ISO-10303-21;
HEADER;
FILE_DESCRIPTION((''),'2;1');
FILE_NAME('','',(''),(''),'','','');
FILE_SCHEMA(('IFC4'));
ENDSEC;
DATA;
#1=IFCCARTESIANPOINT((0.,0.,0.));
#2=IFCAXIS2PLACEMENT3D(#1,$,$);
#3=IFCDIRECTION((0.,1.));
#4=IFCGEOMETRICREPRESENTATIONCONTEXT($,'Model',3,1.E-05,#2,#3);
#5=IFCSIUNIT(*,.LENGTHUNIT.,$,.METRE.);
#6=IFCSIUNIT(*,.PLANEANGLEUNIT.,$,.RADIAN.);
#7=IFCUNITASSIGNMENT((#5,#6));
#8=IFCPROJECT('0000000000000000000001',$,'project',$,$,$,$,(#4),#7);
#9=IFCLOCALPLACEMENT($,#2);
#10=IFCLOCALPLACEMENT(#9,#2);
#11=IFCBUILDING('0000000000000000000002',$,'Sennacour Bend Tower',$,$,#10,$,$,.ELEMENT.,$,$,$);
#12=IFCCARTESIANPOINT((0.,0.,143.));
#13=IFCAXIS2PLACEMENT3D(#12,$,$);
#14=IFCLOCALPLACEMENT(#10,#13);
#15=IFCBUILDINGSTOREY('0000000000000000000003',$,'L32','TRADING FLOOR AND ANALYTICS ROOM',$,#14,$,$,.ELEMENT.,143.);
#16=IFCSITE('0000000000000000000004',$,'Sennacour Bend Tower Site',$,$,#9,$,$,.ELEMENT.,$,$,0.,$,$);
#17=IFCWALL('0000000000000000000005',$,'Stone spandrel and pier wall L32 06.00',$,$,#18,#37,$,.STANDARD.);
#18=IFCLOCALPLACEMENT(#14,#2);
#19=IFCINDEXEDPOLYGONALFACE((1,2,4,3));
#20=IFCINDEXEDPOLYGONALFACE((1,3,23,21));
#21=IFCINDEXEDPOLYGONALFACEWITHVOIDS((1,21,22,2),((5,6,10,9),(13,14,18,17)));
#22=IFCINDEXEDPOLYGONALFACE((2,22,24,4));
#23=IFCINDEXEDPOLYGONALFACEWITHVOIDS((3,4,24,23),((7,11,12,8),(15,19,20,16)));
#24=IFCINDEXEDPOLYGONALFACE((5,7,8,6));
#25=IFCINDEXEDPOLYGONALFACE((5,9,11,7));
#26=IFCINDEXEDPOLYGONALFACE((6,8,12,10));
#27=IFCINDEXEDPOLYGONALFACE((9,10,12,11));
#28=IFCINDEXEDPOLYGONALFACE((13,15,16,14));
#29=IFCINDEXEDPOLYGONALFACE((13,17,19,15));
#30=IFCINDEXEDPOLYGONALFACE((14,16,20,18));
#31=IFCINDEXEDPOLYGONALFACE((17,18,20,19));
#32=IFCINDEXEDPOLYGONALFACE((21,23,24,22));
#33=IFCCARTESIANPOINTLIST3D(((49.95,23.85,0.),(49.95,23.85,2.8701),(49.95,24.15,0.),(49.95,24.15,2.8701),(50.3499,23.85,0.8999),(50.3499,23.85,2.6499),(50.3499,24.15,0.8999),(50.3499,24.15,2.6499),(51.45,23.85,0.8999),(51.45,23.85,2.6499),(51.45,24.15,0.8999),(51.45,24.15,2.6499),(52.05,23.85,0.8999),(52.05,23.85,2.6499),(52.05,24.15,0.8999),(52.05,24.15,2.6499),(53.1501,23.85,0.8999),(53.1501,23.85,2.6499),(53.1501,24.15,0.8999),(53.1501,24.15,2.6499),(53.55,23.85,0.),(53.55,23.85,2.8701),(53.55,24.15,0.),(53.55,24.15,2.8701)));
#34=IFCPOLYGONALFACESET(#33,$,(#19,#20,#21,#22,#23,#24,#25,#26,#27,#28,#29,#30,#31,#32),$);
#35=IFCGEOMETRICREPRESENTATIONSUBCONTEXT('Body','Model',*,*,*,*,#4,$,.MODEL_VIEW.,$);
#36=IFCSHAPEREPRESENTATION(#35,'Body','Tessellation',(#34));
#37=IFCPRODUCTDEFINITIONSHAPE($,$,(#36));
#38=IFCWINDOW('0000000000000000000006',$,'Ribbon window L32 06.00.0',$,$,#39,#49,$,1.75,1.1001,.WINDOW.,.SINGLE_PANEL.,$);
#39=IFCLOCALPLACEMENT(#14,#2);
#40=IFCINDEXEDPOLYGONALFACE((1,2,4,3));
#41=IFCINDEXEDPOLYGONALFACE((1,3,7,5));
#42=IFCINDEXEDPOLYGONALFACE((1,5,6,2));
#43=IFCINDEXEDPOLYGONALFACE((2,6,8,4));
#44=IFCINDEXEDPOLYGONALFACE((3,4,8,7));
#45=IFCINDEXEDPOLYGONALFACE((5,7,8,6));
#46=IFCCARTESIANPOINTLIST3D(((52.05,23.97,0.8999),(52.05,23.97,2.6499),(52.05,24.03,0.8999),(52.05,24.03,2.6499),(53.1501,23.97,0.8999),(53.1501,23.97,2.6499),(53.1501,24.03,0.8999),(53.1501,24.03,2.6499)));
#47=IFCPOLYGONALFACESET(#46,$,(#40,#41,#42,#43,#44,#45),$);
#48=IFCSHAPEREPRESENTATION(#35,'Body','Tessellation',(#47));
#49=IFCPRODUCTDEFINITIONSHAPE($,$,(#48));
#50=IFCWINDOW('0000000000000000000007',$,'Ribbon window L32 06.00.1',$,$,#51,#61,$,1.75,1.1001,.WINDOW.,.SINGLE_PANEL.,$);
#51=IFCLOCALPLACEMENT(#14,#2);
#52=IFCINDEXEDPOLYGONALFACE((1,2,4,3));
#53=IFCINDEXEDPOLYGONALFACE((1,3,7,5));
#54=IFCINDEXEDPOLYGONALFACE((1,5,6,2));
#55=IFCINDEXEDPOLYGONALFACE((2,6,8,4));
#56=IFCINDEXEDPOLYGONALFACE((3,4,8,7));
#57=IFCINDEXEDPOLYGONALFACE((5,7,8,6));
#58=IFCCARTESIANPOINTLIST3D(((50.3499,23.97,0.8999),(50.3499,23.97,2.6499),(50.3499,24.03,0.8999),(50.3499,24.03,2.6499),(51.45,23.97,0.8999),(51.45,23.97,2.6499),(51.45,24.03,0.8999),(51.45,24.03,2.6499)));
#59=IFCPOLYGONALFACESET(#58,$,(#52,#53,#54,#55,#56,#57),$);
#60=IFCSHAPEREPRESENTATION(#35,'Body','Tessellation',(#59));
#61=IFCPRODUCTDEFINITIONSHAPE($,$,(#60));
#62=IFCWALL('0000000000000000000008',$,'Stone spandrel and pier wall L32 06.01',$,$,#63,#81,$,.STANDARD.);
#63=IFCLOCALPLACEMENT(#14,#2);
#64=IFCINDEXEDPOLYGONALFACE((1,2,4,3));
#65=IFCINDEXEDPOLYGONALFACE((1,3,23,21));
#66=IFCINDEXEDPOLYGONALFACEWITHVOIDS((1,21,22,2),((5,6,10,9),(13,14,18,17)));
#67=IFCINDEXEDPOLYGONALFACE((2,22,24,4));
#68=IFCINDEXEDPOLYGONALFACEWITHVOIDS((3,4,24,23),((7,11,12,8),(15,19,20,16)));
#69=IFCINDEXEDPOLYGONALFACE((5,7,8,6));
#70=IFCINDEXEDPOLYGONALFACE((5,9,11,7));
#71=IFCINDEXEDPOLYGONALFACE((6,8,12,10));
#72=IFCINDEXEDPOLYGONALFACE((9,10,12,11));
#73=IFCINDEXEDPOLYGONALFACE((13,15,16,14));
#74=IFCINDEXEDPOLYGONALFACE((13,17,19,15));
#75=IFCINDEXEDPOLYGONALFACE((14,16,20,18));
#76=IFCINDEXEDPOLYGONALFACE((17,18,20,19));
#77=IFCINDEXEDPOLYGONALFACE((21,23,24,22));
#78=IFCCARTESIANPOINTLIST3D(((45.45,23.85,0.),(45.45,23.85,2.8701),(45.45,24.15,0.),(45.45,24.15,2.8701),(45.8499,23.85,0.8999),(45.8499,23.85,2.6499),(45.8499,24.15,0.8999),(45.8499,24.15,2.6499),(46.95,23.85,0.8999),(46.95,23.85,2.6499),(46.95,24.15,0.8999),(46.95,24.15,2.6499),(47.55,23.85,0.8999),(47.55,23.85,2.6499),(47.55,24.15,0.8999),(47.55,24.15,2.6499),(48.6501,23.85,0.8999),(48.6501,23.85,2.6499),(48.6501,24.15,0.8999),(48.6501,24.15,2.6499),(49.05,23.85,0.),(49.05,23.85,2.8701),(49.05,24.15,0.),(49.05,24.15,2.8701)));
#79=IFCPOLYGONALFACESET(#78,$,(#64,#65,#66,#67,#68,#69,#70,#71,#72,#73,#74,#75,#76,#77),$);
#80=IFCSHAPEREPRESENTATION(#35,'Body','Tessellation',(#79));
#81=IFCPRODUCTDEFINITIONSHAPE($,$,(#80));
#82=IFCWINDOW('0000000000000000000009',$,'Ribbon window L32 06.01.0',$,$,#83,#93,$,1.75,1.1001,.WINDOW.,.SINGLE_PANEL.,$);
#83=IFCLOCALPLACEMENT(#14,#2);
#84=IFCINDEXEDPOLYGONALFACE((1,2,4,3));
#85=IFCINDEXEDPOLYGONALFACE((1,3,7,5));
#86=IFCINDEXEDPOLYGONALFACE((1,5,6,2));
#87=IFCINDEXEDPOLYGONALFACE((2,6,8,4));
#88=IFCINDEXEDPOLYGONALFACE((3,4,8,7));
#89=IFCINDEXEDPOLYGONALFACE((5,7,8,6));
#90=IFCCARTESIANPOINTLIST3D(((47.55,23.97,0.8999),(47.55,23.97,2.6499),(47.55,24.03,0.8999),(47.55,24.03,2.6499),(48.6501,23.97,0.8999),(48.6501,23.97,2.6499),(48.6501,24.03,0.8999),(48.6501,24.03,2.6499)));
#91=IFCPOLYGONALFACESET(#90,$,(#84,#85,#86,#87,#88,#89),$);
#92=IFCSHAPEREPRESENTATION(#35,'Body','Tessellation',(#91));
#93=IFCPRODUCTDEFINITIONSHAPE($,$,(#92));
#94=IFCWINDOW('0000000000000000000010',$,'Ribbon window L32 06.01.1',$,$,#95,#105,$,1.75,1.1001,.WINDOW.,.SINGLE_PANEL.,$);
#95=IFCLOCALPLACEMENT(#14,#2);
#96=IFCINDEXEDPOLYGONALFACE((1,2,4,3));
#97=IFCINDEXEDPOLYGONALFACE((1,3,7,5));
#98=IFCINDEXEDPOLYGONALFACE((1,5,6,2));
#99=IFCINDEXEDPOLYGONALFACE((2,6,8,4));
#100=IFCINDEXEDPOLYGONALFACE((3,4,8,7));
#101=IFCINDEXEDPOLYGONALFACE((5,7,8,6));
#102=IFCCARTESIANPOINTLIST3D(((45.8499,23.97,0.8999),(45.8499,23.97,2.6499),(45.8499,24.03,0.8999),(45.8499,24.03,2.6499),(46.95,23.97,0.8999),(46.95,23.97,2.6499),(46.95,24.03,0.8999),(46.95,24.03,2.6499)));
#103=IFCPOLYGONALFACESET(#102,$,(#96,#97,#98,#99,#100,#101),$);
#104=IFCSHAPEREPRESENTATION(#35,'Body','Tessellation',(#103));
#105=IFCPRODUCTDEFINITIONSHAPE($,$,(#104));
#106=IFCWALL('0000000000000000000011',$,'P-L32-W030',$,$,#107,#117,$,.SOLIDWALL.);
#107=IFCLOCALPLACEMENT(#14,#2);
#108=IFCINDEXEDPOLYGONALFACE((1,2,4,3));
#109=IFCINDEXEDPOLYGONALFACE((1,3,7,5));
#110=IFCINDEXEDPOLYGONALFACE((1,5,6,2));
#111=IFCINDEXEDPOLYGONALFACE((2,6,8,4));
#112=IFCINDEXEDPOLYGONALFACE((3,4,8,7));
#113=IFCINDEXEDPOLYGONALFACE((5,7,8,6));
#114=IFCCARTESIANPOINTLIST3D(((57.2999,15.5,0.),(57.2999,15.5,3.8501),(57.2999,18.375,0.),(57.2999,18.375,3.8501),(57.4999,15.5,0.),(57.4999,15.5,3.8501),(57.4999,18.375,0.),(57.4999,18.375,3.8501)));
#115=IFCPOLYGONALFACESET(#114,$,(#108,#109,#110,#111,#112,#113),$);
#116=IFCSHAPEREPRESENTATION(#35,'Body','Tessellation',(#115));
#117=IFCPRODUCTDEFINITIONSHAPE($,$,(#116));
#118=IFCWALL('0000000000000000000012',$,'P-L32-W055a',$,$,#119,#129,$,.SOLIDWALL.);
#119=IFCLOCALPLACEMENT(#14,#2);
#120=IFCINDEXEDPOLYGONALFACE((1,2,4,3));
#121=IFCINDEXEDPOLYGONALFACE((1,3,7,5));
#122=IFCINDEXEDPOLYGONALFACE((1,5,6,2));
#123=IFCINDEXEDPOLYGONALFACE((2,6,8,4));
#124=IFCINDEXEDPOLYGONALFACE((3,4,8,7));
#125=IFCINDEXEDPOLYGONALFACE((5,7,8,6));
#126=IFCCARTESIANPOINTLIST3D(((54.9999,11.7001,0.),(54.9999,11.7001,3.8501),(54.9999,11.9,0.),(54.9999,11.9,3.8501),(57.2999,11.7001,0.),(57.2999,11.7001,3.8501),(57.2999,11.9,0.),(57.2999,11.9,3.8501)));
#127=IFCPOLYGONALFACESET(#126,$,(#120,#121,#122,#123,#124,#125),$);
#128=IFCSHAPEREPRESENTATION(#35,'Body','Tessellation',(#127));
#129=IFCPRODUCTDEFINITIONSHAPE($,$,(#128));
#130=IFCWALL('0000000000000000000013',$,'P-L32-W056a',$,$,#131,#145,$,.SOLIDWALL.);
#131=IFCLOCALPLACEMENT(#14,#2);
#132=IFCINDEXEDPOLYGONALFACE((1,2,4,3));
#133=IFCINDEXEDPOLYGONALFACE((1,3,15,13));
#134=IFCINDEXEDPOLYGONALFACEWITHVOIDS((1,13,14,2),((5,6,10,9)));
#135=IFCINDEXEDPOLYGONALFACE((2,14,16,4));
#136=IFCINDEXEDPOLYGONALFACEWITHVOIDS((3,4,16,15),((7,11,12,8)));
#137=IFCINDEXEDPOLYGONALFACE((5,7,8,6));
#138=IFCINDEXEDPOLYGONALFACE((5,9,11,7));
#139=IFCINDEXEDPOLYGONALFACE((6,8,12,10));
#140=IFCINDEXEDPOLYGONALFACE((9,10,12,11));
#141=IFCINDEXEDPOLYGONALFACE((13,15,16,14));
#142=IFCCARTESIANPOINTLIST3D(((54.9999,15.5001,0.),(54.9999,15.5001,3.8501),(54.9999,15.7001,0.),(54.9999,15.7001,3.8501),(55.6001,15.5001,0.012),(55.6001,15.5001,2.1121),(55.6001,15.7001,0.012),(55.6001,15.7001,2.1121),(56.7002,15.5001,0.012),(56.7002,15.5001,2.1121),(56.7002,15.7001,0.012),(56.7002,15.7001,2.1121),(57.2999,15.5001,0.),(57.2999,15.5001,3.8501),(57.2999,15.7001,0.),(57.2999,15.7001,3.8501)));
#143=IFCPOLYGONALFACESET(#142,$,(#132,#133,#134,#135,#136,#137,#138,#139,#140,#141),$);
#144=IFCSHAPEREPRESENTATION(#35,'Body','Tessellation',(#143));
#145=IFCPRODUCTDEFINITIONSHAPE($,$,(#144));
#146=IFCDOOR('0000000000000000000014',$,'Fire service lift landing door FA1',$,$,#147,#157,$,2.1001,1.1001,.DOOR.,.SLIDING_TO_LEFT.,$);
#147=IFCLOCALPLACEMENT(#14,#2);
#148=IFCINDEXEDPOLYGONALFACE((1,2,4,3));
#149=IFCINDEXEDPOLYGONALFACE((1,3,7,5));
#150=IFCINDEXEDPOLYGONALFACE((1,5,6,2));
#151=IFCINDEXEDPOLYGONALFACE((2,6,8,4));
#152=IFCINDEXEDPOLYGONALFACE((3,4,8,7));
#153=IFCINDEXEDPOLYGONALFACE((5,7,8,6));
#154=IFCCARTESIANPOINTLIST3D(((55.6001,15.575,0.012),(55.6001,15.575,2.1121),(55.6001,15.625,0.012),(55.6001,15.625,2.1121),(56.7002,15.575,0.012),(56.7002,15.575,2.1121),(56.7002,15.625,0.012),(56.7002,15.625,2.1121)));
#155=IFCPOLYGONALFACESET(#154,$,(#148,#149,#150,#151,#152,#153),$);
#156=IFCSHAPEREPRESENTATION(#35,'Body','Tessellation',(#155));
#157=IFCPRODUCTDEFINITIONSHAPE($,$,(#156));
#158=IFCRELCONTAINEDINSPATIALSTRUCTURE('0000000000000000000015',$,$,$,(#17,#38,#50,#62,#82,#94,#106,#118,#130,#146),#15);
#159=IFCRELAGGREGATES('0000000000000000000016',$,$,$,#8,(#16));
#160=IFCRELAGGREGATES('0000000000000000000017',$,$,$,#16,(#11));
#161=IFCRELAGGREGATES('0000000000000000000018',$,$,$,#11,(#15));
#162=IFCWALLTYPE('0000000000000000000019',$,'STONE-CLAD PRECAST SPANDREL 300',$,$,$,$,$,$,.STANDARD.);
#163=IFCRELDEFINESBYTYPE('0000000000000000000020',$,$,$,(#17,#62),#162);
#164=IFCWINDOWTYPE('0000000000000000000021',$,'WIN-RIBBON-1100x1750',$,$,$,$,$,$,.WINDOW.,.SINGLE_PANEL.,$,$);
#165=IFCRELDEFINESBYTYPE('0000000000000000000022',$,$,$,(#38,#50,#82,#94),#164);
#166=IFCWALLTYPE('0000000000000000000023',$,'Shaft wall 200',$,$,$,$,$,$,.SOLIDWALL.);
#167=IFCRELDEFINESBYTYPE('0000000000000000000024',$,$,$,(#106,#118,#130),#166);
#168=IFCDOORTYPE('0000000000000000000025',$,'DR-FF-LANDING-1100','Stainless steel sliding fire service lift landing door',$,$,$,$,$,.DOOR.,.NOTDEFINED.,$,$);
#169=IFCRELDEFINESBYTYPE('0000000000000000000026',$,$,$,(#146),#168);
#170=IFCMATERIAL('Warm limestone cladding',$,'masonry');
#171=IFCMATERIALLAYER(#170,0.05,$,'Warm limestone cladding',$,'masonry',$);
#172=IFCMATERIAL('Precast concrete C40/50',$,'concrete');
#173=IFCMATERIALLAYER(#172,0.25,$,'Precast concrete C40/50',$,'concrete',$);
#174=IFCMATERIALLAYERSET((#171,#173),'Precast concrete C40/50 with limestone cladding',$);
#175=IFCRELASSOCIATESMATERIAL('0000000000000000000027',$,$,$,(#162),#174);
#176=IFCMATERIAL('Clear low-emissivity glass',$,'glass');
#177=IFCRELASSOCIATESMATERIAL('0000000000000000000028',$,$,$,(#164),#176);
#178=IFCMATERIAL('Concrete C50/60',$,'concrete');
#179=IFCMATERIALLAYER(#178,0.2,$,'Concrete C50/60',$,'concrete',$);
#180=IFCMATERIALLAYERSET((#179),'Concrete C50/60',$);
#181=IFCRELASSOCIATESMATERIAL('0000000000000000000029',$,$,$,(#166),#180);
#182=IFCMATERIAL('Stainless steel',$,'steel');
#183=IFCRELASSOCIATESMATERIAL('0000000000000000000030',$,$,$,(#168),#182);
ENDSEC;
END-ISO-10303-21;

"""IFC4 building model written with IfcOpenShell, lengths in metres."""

from ifc_helpers import new_model, si_unit, direction, frame, frame_2d, origin, place, context, subcontext, project, spatial, rectangle, extrude, material, layer, layer_set, type_object, element, fill, save


model = new_model("IFC4")

# Units and contexts
model_context = context("Model", 3, precision=1e-05, world=origin(), true_north=direction((0.0, 1.0)))
body_context = subcontext(model_context, "Body", "Model", "MODEL_VIEW")
ifc_project = project(units=[si_unit("LENGTHUNIT", "METRE"), si_unit("PLANEANGLEUNIT", "RADIAN")], contexts=[model_context])

# Site, building, storey
site_placement = place(None, origin())
site = spatial("IfcSite", under=ifc_project, at=site_placement, Name="Sennacour Bend Tower Site", CompositionType="ELEMENT", RefElevation=0.0)
building_placement = place(site_placement, origin())
building = spatial("IfcBuilding", under=site, at=building_placement, Name="Sennacour Bend Tower", CompositionType="ELEMENT")
storey_placement = place(building_placement, frame((0.0, 0.0, 143.0)))
storey = spatial("IfcBuildingStorey", under=building, at=storey_placement, Name="L32", Description="TRADING FLOOR AND ANALYTICS ROOM", CompositionType="ELEMENT", Elevation=143.0)

# Shared definitions
ifc_material_1 = material(Name="Warm limestone cladding", Category="masonry")
ifc_layer_1 = layer(ifc_material_1, 0.05, Name="Warm limestone cladding", Category="masonry")
ifc_material_2 = material(Name="Precast concrete C40/50", Category="concrete")
ifc_layer_2 = layer(ifc_material_2, 0.25, Name="Precast concrete C40/50", Category="concrete")
ifc_layer_set_1 = layer_set([ifc_layer_1, ifc_layer_2], Name="Precast concrete C40/50 with limestone cladding")
wall_type_1 = type_object("IfcWallType", Name="STONE-CLAD PRECAST SPANDREL 300", PredefinedType="STANDARD", material=ifc_layer_set_1)

# Walls, openings, windows
wall_1_placement = place(storey_placement, frame((53.55, 24.0, 0.0), z_axis=(0.0, 0.0, 1.0), x_axis=(-1.0, 0.0, 0.0)))
wall_1 = element("IfcWall", 1, at=wall_1_placement, inside=storey, type_object=wall_type_1, Name="Stone spandrel and pier wall L32 06.00", PredefinedType="STANDARD", context=body_context, shape_type="SweptSolid", body=[
    extrude(rectangle(XDim=3.6001, YDim=0.3, at=frame_2d((1.8, 0.0))), origin(), (0.0, 0.0, 1.0), 2.8701),
])
opening_1_placement = place(wall_1_placement, frame((0.3999, 0.0, 0.8999)))
opening_1 = element("IfcOpeningElement", 2, at=opening_1_placement, cuts=wall_1, PredefinedType="OPENING", context=body_context, shape_type="SweptSolid", body=[
    extrude(rectangle(XDim=1.1001, YDim=1.75, at=frame_2d((0.55, 0.875))), frame((0.0, 0.1602, 0.0), z_axis=(0.0, -1.0, 0.0), x_axis=(1.0, 0.0, 0.0)), (0.0, 0.0, 1.0), 0.3201),
])
opening_2_placement = place(wall_1_placement, frame((2.1001, 0.0, 0.8999)))
opening_2 = element("IfcOpeningElement", 3, at=opening_2_placement, cuts=wall_1, PredefinedType="OPENING", context=body_context, shape_type="SweptSolid", body=[
    extrude(rectangle(XDim=1.1001, YDim=1.75, at=frame_2d((0.55, 0.875))), frame((0.0, 0.1602, 0.0), z_axis=(0.0, -1.0, 0.0), x_axis=(1.0, 0.0, 0.0)), (0.0, 0.0, 1.0), 0.3201),
])
ifc_material_3 = material(Name="Clear low-emissivity glass", Category="glass")
window_type = type_object("IfcWindowType", Name="WIN-RIBBON-1100x1750", PartitioningType="SINGLE_PANEL", PredefinedType="WINDOW", material=ifc_material_3)
window_1_placement = place(opening_1_placement, origin())
window_1 = element("IfcWindow", 4, at=window_1_placement, inside=storey, type_object=window_type, Name="Ribbon window L32 06.00.0", OverallHeight=1.75, OverallWidth=1.1001, PartitioningType="SINGLE_PANEL", PredefinedType="WINDOW", context=body_context, shape_type="SweptSolid", body=[
    extrude(rectangle(XDim=1.1001, YDim=1.75, at=frame_2d((0.55, 0.875))), frame((0.0, 0.03, 0.0), z_axis=(0.0, -1.0, 0.0), x_axis=(1.0, 0.0, 0.0)), (0.0, 0.0, 1.0), 0.0601),
])
fill(opening_1, window_1)
window_2_placement = place(opening_2_placement, origin())
window_2 = element("IfcWindow", 5, at=window_2_placement, inside=storey, type_object=window_type, Name="Ribbon window L32 06.00.1", OverallHeight=1.75, OverallWidth=1.1001, PartitioningType="SINGLE_PANEL", PredefinedType="WINDOW", context=body_context, shape_type="SweptSolid", body=[
    extrude(rectangle(XDim=1.1001, YDim=1.75, at=frame_2d((0.55, 0.875))), frame((0.0, 0.03, 0.0), z_axis=(0.0, -1.0, 0.0), x_axis=(1.0, 0.0, 0.0)), (0.0, 0.0, 1.0), 0.0601),
])
fill(opening_2, window_2)
wall_2_placement = place(storey_placement, frame((49.05, 24.0, 0.0), z_axis=(0.0, 0.0, 1.0), x_axis=(-1.0, 0.0, 0.0)))
wall_2 = element("IfcWall", 6, at=wall_2_placement, inside=storey, type_object=wall_type_1, Name="Stone spandrel and pier wall L32 06.01", PredefinedType="STANDARD", context=body_context, shape_type="SweptSolid", body=[
    extrude(rectangle(XDim=3.6001, YDim=0.3, at=frame_2d((1.8, 0.0))), origin(), (0.0, 0.0, 1.0), 2.8701),
])
opening_3_placement = place(wall_2_placement, frame((0.3999, 0.0, 0.8999)))
opening_3 = element("IfcOpeningElement", 7, at=opening_3_placement, cuts=wall_2, PredefinedType="OPENING", context=body_context, shape_type="SweptSolid", body=[
    extrude(rectangle(XDim=1.1001, YDim=1.75, at=frame_2d((0.55, 0.875))), frame((0.0, 0.1602, 0.0), z_axis=(0.0, -1.0, 0.0), x_axis=(1.0, 0.0, 0.0)), (0.0, 0.0, 1.0), 0.3201),
])
opening_4_placement = place(wall_2_placement, frame((2.1001, 0.0, 0.8999)))
opening_4 = element("IfcOpeningElement", 8, at=opening_4_placement, cuts=wall_2, PredefinedType="OPENING", context=body_context, shape_type="SweptSolid", body=[
    extrude(rectangle(XDim=1.1001, YDim=1.75, at=frame_2d((0.55, 0.875))), frame((0.0, 0.1602, 0.0), z_axis=(0.0, -1.0, 0.0), x_axis=(1.0, 0.0, 0.0)), (0.0, 0.0, 1.0), 0.3201),
])
window_3_placement = place(opening_3_placement, origin())
window_3 = element("IfcWindow", 9, at=window_3_placement, inside=storey, type_object=window_type, Name="Ribbon window L32 06.01.0", OverallHeight=1.75, OverallWidth=1.1001, PartitioningType="SINGLE_PANEL", PredefinedType="WINDOW", context=body_context, shape_type="SweptSolid", body=[
    extrude(rectangle(XDim=1.1001, YDim=1.75, at=frame_2d((0.55, 0.875))), frame((0.0, 0.03, 0.0), z_axis=(0.0, -1.0, 0.0), x_axis=(1.0, 0.0, 0.0)), (0.0, 0.0, 1.0), 0.0601),
])
fill(opening_3, window_3)
window_4_placement = place(opening_4_placement, origin())
window_4 = element("IfcWindow", 10, at=window_4_placement, inside=storey, type_object=window_type, Name="Ribbon window L32 06.01.1", OverallHeight=1.75, OverallWidth=1.1001, PartitioningType="SINGLE_PANEL", PredefinedType="WINDOW", context=body_context, shape_type="SweptSolid", body=[
    extrude(rectangle(XDim=1.1001, YDim=1.75, at=frame_2d((0.55, 0.875))), frame((0.0, 0.03, 0.0), z_axis=(0.0, -1.0, 0.0), x_axis=(1.0, 0.0, 0.0)), (0.0, 0.0, 1.0), 0.0601),
])
fill(opening_4, window_4)

# Walls
ifc_material_4 = material(Name="Concrete C50/60", Category="concrete")
ifc_layer_3 = layer(ifc_material_4, 0.2, Name="Concrete C50/60", Category="concrete")
ifc_layer_set_2 = layer_set([ifc_layer_3], Name="Concrete C50/60")
wall_type_2 = type_object("IfcWallType", Name="Shaft wall 200", PredefinedType="SOLIDWALL", material=ifc_layer_set_2)
wall_3_placement = place(storey_placement, frame((57.3999, 15.5, 0.0), z_axis=(0.0, 0.0, 1.0), x_axis=(0.0, 1.0, 0.0)))
element("IfcWall", 11, at=wall_3_placement, inside=storey, type_object=wall_type_2, Name="P-L32-W030", PredefinedType="SOLIDWALL", context=body_context, shape_type="SweptSolid", body=[
    extrude(rectangle(XDim=2.875, YDim=0.2, at=frame_2d((1.4375, 0.0))), origin(), (0.0, 0.0, 1.0), 3.8501),
])
wall_4_placement = place(storey_placement, frame((55.0, 11.8, 0.0), z_axis=(0.0, 0.0, 1.0), x_axis=(1.0, 0.0, 0.0)))
element("IfcWall", 12, at=wall_4_placement, inside=storey, type_object=wall_type_2, Name="P-L32-W055a", PredefinedType="SOLIDWALL", context=body_context, shape_type="SweptSolid", body=[
    extrude(rectangle(XDim=2.3, YDim=0.2, at=frame_2d((1.1499, 0.0))), origin(), (0.0, 0.0, 1.0), 3.8501),
])

# Wall, opening, door
wall_5_placement = place(storey_placement, frame((55.0, 15.6001, 0.0), z_axis=(0.0, 0.0, 1.0), x_axis=(1.0, 0.0, 0.0)))
wall_5 = element("IfcWall", 13, at=wall_5_placement, inside=storey, type_object=wall_type_2, Name="P-L32-W056a", PredefinedType="SOLIDWALL", context=body_context, shape_type="SweptSolid", body=[
    extrude(rectangle(XDim=2.3, YDim=0.2, at=frame_2d((1.1499, 0.0))), origin(), (0.0, 0.0, 1.0), 3.8501),
])
opening_5_placement = place(wall_5_placement, frame((0.6001, 0.0, 0.012)))
opening_5 = element("IfcOpeningElement", 14, at=opening_5_placement, cuts=wall_5, PredefinedType="OPENING", context=body_context, shape_type="SweptSolid", body=[
    extrude(rectangle(XDim=1.1001, YDim=2.1001, at=frame_2d((0.55, 1.05))), frame((0.0, 0.1099, 0.0), z_axis=(0.0, -1.0, 0.0), x_axis=(1.0, 0.0, 0.0)), (0.0, 0.0, 1.0), 0.22),
])
ifc_material_5 = material(Name="Stainless steel", Category="steel")
door_type = type_object("IfcDoorType", Name="DR-FF-LANDING-1100", Description="Stainless steel sliding fire service lift landing door", OperationType="NOTDEFINED", PredefinedType="DOOR", material=ifc_material_5)
door_placement = place(opening_5_placement, origin())
door = element("IfcDoor", 15, at=door_placement, inside=storey, type_object=door_type, Name="Fire service lift landing door FA1", OperationType="SLIDING_TO_LEFT", OverallHeight=2.1001, OverallWidth=1.1001, PredefinedType="DOOR", context=body_context, shape_type="SweptSolid", body=[
    extrude(rectangle(XDim=1.1001, YDim=2.1001, at=frame_2d((0.55, 1.05))), frame((0.0, 0.0249, 0.0), z_axis=(0.0, -1.0, 0.0), x_axis=(1.0, 0.0, 0.0)), (0.0, 0.0, 1.0), 0.05),
])
fill(opening_5, door)

save(model, "model.ifc")
